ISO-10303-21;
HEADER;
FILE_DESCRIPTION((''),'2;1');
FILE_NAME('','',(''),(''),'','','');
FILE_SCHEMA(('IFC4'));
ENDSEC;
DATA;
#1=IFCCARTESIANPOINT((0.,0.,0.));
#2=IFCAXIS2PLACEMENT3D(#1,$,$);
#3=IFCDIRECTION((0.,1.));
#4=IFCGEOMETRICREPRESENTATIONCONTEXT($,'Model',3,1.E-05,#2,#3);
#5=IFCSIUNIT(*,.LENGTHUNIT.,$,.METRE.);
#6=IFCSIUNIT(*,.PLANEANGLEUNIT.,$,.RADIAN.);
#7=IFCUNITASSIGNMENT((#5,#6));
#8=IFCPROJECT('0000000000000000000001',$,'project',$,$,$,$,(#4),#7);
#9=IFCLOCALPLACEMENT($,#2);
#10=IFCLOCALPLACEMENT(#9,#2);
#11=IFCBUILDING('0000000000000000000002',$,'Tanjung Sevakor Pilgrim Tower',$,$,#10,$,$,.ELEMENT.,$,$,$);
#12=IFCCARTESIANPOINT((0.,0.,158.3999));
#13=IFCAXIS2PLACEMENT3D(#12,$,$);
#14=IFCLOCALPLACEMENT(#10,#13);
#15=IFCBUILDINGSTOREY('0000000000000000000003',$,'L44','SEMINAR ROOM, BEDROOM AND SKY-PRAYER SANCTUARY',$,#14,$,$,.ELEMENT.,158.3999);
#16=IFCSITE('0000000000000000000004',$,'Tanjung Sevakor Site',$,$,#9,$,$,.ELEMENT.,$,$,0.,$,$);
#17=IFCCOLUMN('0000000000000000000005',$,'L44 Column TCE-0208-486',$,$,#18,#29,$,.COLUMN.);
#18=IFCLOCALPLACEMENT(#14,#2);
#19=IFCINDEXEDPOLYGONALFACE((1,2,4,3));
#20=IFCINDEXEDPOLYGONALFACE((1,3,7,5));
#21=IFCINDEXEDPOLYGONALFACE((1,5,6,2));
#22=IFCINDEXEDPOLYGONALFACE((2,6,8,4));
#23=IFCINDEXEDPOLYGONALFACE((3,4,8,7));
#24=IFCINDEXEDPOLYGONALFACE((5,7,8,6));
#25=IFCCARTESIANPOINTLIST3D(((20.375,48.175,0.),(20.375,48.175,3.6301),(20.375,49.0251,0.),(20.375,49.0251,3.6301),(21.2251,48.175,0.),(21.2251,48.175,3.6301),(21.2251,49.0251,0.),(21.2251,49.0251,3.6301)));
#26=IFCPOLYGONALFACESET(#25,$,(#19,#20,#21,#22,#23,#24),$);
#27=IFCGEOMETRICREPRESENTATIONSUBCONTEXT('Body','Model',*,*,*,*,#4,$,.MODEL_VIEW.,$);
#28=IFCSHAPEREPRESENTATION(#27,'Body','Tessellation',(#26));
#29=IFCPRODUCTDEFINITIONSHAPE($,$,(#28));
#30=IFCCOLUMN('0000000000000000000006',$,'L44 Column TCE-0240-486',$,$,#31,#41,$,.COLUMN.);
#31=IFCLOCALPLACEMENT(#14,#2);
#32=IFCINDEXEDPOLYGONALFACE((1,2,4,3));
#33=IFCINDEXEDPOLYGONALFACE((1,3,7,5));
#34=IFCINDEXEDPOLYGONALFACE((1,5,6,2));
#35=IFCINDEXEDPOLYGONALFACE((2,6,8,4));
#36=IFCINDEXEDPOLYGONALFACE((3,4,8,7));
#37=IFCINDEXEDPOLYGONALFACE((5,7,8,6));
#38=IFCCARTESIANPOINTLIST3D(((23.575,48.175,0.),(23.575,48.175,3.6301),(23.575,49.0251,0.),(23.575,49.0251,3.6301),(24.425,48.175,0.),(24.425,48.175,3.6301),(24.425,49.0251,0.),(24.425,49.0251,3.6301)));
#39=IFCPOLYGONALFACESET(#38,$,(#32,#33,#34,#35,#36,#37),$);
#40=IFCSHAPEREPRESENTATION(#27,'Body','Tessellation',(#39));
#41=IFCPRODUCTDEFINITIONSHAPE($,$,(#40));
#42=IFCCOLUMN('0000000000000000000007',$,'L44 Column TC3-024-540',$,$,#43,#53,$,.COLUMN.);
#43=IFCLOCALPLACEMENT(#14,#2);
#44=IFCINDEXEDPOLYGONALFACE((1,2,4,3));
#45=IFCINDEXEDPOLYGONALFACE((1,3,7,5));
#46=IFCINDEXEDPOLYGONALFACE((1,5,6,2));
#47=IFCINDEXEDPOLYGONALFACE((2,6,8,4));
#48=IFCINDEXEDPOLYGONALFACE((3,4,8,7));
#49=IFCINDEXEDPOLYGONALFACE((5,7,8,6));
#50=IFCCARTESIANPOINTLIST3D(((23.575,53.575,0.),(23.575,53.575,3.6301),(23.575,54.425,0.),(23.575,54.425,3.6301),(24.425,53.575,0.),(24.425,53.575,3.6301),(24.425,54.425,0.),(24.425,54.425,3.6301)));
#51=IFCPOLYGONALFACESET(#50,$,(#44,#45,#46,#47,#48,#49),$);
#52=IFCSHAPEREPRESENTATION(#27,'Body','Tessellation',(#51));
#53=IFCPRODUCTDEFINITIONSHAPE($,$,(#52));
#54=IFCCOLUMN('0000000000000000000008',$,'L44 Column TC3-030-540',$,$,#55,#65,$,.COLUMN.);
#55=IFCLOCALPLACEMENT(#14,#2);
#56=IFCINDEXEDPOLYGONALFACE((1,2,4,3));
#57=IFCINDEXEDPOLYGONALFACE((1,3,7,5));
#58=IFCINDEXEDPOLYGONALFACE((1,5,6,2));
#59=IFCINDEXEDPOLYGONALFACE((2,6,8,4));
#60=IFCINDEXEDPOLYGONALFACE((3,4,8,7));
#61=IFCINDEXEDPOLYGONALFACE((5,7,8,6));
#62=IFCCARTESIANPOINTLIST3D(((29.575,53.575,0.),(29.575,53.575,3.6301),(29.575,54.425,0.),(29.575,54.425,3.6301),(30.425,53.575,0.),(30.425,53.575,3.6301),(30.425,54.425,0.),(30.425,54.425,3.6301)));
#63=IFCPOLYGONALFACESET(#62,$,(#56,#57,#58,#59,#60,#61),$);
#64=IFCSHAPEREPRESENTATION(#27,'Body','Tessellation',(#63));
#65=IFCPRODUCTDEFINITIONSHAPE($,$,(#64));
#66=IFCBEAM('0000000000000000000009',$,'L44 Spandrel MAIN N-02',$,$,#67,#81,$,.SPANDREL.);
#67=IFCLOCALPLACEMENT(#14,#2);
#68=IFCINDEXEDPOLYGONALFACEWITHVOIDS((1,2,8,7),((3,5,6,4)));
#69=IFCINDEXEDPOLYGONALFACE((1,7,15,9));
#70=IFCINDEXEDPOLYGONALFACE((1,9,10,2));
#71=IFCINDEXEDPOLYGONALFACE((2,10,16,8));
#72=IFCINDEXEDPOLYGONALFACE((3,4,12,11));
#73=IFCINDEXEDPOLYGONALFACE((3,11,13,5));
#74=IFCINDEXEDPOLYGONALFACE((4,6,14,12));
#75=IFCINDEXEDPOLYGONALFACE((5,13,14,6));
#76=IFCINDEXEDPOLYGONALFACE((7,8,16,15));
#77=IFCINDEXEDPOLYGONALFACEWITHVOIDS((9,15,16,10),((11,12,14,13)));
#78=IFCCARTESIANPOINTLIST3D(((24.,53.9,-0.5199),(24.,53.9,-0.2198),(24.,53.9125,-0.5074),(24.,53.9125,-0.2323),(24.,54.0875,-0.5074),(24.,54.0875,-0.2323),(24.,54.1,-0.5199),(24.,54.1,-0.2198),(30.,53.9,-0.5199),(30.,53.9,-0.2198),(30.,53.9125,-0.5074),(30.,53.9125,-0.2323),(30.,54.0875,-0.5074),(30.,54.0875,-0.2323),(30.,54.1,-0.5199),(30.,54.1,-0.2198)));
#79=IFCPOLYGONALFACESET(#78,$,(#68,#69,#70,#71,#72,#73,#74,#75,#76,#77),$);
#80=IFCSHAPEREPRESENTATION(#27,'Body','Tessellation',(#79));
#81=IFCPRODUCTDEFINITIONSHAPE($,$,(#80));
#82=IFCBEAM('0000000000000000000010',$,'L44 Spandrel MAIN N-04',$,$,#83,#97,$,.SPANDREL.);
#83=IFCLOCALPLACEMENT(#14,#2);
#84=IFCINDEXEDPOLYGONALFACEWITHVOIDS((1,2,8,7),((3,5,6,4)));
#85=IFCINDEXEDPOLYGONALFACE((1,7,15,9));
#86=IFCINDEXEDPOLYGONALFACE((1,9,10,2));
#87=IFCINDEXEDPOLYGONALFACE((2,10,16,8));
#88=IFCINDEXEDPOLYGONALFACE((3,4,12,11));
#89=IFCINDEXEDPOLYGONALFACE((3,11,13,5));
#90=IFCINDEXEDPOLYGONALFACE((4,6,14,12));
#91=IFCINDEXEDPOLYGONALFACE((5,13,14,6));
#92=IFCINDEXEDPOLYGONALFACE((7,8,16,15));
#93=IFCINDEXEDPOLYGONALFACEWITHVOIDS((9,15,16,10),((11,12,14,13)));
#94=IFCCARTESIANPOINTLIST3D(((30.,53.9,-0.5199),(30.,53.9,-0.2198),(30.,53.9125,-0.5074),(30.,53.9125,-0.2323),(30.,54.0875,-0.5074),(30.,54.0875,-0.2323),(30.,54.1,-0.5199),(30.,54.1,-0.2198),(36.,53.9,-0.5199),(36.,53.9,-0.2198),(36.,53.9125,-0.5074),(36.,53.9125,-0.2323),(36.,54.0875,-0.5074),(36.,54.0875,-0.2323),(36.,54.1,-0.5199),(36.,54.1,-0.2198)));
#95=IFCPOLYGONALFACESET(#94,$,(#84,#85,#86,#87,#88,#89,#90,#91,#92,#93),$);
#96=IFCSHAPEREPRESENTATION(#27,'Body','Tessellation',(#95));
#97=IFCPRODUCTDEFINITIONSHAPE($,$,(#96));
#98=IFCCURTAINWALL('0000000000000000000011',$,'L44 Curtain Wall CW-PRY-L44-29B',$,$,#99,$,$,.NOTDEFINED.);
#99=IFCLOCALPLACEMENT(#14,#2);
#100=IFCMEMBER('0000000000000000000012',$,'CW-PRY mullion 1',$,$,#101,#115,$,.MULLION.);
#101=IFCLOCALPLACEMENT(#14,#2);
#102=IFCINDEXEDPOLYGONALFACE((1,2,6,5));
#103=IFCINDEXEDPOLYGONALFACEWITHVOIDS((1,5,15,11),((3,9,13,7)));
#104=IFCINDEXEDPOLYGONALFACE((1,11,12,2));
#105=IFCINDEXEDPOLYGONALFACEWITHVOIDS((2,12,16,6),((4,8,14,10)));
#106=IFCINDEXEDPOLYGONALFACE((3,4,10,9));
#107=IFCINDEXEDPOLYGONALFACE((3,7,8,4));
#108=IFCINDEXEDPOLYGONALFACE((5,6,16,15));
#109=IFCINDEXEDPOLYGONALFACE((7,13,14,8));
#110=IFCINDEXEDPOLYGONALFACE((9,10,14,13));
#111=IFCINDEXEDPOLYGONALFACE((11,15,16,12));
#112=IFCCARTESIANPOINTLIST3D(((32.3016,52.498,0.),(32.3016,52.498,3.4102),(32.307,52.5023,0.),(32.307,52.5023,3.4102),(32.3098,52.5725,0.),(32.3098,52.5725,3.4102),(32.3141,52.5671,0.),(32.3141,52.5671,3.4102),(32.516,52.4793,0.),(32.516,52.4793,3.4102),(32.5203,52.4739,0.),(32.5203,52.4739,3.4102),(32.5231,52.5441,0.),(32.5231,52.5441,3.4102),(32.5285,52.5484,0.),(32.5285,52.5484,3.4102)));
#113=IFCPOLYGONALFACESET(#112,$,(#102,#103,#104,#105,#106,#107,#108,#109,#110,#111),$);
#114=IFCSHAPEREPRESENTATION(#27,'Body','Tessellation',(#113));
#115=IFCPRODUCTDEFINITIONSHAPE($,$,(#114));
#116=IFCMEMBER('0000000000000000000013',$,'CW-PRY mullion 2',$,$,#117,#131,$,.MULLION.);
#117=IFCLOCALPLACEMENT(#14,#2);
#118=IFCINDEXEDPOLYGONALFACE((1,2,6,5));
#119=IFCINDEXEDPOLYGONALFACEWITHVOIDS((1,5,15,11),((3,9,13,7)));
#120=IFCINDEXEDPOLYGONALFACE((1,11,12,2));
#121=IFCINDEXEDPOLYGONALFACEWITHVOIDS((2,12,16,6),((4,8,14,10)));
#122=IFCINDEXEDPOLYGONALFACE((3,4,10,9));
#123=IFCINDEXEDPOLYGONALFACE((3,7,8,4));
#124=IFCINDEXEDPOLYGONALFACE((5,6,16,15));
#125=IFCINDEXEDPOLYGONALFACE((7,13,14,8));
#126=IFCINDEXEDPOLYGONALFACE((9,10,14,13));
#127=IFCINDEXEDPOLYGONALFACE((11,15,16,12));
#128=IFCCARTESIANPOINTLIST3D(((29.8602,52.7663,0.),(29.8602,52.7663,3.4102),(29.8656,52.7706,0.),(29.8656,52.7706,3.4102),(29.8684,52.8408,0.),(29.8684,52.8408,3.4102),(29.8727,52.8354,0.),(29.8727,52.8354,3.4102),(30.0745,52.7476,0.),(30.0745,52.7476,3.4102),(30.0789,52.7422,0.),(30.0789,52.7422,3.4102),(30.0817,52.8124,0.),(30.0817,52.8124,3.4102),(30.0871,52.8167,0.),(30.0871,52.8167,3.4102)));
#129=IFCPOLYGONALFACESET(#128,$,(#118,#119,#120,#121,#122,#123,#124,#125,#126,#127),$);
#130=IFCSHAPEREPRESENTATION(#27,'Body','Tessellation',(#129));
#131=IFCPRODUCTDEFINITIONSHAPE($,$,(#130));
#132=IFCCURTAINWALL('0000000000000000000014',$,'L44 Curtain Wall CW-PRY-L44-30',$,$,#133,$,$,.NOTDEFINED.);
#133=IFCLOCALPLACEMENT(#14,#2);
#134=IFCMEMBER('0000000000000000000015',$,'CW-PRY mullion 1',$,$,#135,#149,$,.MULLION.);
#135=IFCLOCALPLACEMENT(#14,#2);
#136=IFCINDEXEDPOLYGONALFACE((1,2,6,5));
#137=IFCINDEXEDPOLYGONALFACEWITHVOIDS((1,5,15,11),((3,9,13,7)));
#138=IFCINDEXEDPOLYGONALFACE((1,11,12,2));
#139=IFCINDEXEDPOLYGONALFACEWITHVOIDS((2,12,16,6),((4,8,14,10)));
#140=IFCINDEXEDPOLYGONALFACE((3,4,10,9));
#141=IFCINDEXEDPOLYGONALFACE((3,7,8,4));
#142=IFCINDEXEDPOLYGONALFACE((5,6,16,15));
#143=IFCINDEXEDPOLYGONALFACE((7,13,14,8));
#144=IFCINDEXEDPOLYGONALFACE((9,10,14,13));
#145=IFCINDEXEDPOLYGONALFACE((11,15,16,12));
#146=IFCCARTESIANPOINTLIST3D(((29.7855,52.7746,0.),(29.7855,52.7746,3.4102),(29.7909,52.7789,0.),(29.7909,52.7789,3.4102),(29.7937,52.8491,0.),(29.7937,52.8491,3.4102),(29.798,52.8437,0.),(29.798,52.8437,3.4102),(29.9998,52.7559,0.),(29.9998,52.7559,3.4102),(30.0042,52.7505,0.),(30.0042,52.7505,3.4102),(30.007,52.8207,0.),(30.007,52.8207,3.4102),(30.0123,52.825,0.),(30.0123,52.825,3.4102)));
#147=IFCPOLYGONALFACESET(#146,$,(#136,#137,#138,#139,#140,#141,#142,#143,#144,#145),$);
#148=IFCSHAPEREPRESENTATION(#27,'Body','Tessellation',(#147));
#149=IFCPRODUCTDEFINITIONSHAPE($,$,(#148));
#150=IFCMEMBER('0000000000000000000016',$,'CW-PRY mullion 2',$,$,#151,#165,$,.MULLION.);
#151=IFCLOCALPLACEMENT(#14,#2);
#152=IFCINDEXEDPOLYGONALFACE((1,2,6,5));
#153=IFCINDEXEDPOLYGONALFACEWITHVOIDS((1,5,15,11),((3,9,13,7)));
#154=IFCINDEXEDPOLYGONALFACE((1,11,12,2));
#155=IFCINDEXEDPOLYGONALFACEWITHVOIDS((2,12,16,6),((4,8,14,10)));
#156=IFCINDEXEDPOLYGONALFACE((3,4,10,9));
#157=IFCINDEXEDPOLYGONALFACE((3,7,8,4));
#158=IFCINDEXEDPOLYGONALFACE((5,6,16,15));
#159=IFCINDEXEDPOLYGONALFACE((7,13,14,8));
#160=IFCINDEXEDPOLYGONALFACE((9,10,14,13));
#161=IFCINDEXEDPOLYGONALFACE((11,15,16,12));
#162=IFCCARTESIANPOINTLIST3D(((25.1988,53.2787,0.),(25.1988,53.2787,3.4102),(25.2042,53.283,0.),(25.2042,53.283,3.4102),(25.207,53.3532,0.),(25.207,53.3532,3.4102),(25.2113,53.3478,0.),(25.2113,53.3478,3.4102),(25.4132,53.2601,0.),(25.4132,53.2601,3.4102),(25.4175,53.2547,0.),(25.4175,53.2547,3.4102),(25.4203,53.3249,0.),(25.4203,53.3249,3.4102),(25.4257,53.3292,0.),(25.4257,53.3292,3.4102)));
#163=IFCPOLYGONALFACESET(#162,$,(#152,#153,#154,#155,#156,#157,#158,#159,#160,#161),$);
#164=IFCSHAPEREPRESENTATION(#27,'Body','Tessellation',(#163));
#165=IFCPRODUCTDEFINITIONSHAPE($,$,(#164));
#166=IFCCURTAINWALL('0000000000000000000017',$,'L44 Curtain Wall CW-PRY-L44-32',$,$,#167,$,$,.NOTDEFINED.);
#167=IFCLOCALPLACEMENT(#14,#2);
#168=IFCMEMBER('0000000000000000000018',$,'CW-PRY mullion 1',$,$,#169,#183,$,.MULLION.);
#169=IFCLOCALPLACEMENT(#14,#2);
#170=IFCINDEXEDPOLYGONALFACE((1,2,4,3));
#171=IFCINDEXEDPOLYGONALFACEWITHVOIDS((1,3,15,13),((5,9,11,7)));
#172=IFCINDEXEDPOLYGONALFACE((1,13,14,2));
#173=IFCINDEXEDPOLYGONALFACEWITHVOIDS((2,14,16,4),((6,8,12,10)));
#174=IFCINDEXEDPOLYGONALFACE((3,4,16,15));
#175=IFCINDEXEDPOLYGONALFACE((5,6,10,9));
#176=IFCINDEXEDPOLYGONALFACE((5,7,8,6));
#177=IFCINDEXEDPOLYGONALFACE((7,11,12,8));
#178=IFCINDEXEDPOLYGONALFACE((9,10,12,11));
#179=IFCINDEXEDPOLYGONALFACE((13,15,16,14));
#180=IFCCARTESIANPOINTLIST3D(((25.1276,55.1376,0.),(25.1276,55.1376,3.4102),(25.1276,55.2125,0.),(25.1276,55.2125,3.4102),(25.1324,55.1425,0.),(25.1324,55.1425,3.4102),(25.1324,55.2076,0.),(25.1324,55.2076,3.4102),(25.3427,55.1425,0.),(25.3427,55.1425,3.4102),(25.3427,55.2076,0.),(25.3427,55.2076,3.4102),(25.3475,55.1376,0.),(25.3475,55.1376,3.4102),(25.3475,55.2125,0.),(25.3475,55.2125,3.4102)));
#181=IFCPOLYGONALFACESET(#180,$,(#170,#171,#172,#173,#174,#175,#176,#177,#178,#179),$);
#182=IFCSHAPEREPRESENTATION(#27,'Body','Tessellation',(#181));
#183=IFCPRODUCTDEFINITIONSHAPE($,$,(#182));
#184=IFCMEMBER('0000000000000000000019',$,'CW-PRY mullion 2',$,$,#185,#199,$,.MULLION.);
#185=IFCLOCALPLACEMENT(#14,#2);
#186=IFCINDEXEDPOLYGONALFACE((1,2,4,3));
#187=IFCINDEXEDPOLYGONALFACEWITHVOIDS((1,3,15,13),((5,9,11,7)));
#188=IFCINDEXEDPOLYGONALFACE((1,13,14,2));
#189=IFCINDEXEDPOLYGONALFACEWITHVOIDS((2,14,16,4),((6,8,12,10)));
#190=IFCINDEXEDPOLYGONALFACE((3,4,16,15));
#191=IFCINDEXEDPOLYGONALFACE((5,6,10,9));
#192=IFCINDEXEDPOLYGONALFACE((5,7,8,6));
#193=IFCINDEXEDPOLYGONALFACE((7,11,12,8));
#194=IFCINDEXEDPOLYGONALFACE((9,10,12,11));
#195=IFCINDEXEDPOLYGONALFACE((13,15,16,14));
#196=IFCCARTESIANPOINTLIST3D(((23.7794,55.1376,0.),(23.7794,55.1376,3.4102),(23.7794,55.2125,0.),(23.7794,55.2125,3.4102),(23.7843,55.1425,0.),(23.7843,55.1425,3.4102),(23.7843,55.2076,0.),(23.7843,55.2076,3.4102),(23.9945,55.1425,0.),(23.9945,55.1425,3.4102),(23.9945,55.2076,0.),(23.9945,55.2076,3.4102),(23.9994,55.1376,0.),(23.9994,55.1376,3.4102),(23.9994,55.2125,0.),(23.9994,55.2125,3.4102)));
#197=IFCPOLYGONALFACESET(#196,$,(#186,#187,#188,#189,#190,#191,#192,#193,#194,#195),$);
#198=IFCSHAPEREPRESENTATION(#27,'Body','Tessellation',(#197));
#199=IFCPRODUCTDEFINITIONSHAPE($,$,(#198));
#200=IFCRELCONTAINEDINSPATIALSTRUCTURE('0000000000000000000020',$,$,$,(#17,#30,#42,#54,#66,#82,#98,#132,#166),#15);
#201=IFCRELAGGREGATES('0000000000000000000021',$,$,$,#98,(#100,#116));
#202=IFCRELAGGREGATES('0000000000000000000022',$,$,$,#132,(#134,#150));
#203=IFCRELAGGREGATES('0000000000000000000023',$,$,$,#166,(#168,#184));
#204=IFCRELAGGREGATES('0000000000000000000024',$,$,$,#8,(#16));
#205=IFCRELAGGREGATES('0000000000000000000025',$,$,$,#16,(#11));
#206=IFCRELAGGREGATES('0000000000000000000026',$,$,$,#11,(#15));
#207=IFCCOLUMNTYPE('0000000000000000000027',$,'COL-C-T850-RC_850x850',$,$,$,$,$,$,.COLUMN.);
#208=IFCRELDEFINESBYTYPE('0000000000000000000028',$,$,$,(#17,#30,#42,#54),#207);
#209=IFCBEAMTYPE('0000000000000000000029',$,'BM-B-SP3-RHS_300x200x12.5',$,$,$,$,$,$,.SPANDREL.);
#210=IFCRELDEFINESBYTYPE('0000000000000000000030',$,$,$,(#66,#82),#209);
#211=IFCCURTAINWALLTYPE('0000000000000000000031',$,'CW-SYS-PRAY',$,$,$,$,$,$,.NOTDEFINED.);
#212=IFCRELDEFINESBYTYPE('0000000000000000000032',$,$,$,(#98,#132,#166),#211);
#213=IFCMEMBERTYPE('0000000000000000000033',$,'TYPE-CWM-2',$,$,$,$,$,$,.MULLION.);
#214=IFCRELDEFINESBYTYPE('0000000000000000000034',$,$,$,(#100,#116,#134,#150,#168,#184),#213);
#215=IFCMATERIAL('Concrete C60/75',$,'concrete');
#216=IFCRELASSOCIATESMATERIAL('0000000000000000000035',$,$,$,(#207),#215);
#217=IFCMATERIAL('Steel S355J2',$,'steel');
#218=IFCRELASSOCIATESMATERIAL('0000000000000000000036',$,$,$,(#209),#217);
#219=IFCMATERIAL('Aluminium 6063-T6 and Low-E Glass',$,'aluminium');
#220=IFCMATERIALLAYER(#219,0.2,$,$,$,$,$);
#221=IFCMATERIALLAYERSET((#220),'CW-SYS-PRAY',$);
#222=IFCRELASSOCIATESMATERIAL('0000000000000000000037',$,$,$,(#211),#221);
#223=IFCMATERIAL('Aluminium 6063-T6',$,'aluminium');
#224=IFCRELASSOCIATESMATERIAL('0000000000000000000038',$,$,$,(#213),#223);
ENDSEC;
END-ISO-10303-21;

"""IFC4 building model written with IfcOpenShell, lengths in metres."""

from ifc_helpers import new_model, si_unit, direction, frame, origin, origin_2d, place, context, subcontext, project, spatial, rectangle, hollow_rectangle, extrude, material, layer, layer_set, material_profile, profile_set, type_object, element, aggregate, save


model = new_model("IFC4")

# Units and contexts
model_context = context("Model", 3, precision=1e-05, world=origin(), true_north=direction((0.0, 1.0)))
body_context = subcontext(model_context, "Body", "Model", "MODEL_VIEW")
ifc_project = project(units=[si_unit("LENGTHUNIT", "METRE"), si_unit("PLANEANGLEUNIT", "RADIAN")], contexts=[model_context])

# Site, building, storey
site_placement = place(None, origin())
site = spatial("IfcSite", under=ifc_project, at=site_placement, Name="Tanjung Sevakor Site", CompositionType="ELEMENT", RefElevation=0.0)
building_placement = place(site_placement, origin())
building = spatial("IfcBuilding", under=site, at=building_placement, Name="Tanjung Sevakor Pilgrim Tower", CompositionType="ELEMENT")
storey_placement = place(building_placement, frame((0.0, 0.0, 158.3999)))
storey = spatial("IfcBuildingStorey", under=building, at=storey_placement, Name="L44", Description="SEMINAR ROOM, BEDROOM AND SKY-PRAYER SANCTUARY", CompositionType="ELEMENT", Elevation=158.3999)

# Columns
ifc_material_1 = material(Name="Concrete C60/75", Category="concrete")
ifc_material_profile_1 = material_profile(ifc_material_1, rectangle(XDim=0.8501, YDim=0.8501, at=origin_2d()))
ifc_profile_set_1 = profile_set([ifc_material_profile_1], Name="Concrete C60/75")
column_type = type_object("IfcColumnType", Name="COL-C-T850-RC_850x850", PredefinedType="COLUMN", material=ifc_profile_set_1)
for number, where, z_axis, x_axis, name in (
    (1, (20.8, 48.6001, 0.0), (0.0, 0.0, 1.0), (1.0, 0.0, 0.0), "L44 Column TCE-0208-486"),
    (2, (24.0, 48.6001, 0.0), (0.0, 0.0, 1.0), (1.0, 0.0, 0.0), "L44 Column TCE-0240-486"),
    (3, (24.0, 54.0, 0.0), (0.0, 0.0, 1.0), (1.0, 0.0, 0.0), "L44 Column TC3-024-540"),
    (4, (30.0, 54.0, 0.0), (0.0, 0.0, 1.0), (1.0, 0.0, 0.0), "L44 Column TC3-030-540"),
):
    element("IfcColumn", number, at=place(storey_placement, frame(where, z_axis=z_axis, x_axis=x_axis)), inside=storey, type_object=column_type, Name=name, PredefinedType="COLUMN", context=body_context, shape_type="SweptSolid", body=[
        extrude(rectangle(XDim=0.8501, YDim=0.8501, at=origin_2d()), origin(), (0.0, 0.0, 1.0), 3.6301),
    ])

# Beams
ifc_material_2 = material(Name="Steel S355J2", Category="steel")
ifc_material_profile_2 = material_profile(ifc_material_2, hollow_rectangle(XDim=0.2, YDim=0.3, WallThickness=0.0125, at=origin_2d()))
ifc_profile_set_2 = profile_set([ifc_material_profile_2], Name="Steel S355J2")
beam_type = type_object("IfcBeamType", Name="BM-B-SP3-RHS_300x200x12.5", PredefinedType="SPANDREL", material=ifc_profile_set_2)
for number, where, z_axis, x_axis, name in (
    (5, (24.0, 54.0, -0.3699), (1.0, 0.0, 0.0), (0.0, 1.0, 0.0), "L44 Spandrel MAIN N-02"),
    (6, (30.0, 54.0, -0.3699), (1.0, 0.0, 0.0), (0.0, 1.0, 0.0), "L44 Spandrel MAIN N-04"),
):
    element("IfcBeam", number, at=place(storey_placement, frame(where, z_axis=z_axis, x_axis=x_axis)), inside=storey, type_object=beam_type, Name=name, PredefinedType="SPANDREL", context=body_context, shape_type="SweptSolid", body=[
        extrude(hollow_rectangle(XDim=0.2, YDim=0.3, WallThickness=0.0125, at=origin_2d()), origin(), (0.0, 0.0, 1.0), 6.0),
    ])

# Curtain walls, members
ifc_material_3 = material(Name="Aluminium 6063-T6 and Low-E Glass", Category="aluminium")
ifc_layer_1 = layer(ifc_material_3, 0.2)
ifc_layer_set_1 = layer_set([ifc_layer_1], Name="CW-SYS-PRAY")
curtain_wall_type = type_object("IfcCurtainWallType", Name="CW-SYS-PRAY", PredefinedType="NOTDEFINED", material=ifc_layer_set_1)
curtain_wall_1_placement = place(storey_placement, origin())
curtain_wall_1 = element("IfcCurtainWall", 7, at=curtain_wall_1_placement, inside=storey, type_object=curtain_wall_type, Name="L44 Curtain Wall CW-PRY-L44-29B", PredefinedType="NOTDEFINED")
ifc_material_4 = material(Name="Aluminium 6063-T6", Category="aluminium")
ifc_material_profile_3 = material_profile(ifc_material_4, hollow_rectangle(XDim=0.075, YDim=0.22, WallThickness=0.0049, at=origin_2d()))
ifc_profile_set_3 = profile_set([ifc_material_profile_3], Name="Aluminium 6063-T6")
member_type_1 = type_object("IfcMemberType", Name="TYPE-CWM-2", PredefinedType="MULLION", material=ifc_profile_set_3)
member_1_placement = place(storey_placement, frame((32.415, 52.5232, 0.0), z_axis=(0.0, 0.0, 1.0), x_axis=(-0.109239, -0.994016, 0.0)))
member_1 = element("IfcMember", 8, at=member_1_placement, type_object=member_type_1, Name="CW-PRY mullion 1", PredefinedType="MULLION", context=body_context, shape_type="SweptSolid", body=[
    extrude(hollow_rectangle(XDim=0.075, YDim=0.22, WallThickness=0.0049, at=origin_2d()), origin(), (0.0, 0.0, 1.0), 3.4102),
])
member_2_placement = place(storey_placement, frame((29.9736, 52.7915, 0.0), z_axis=(0.0, 0.0, 1.0), x_axis=(-0.109239, -0.994016, 0.0)))
member_2 = element("IfcMember", 9, at=member_2_placement, type_object=member_type_1, Name="CW-PRY mullion 2", PredefinedType="MULLION", context=body_context, shape_type="SweptSolid", body=[
    extrude(hollow_rectangle(XDim=0.075, YDim=0.22, WallThickness=0.0049, at=origin_2d()), origin(), (0.0, 0.0, 1.0), 3.4102),
])
curtain_wall_2_placement = place(storey_placement, origin())
curtain_wall_2 = element("IfcCurtainWall", 10, at=curtain_wall_2_placement, inside=storey, type_object=curtain_wall_type, Name="L44 Curtain Wall CW-PRY-L44-30", PredefinedType="NOTDEFINED")
member_3_placement = place(storey_placement, frame((29.8989, 52.7998, 0.0), z_axis=(0.0, 0.0, 1.0), x_axis=(-0.109247, -0.994015, 0.0)))
member_3 = element("IfcMember", 11, at=member_3_placement, type_object=member_type_1, Name="CW-PRY mullion 1", PredefinedType="MULLION", context=body_context, shape_type="SweptSolid", body=[
    extrude(hollow_rectangle(XDim=0.075, YDim=0.22, WallThickness=0.0049, at=origin_2d()), origin(), (0.0, 0.0, 1.0), 3.4102),
])
member_4_placement = place(storey_placement, frame((25.3123, 53.304, 0.0), z_axis=(0.0, 0.0, 1.0), x_axis=(-0.109247, -0.994015, 0.0)))
member_4 = element("IfcMember", 12, at=member_4_placement, type_object=member_type_1, Name="CW-PRY mullion 2", PredefinedType="MULLION", context=body_context, shape_type="SweptSolid", body=[
    extrude(hollow_rectangle(XDim=0.075, YDim=0.22, WallThickness=0.0049, at=origin_2d()), origin(), (0.0, 0.0, 1.0), 3.4102),
])
curtain_wall_3_placement = place(storey_placement, origin())
curtain_wall_3 = element("IfcCurtainWall", 13, at=curtain_wall_3_placement, inside=storey, type_object=curtain_wall_type, Name="L44 Curtain Wall CW-PRY-L44-32", PredefinedType="NOTDEFINED")
member_5_placement = place(storey_placement, frame((25.2375, 55.175, 0.0), z_axis=(0.0, 0.0, 1.0), x_axis=(0.0, -1.0, 0.0)))
member_5 = element("IfcMember", 14, at=member_5_placement, type_object=member_type_1, Name="CW-PRY mullion 1", PredefinedType="MULLION", context=body_context, shape_type="SweptSolid", body=[
    extrude(hollow_rectangle(XDim=0.075, YDim=0.22, WallThickness=0.0049, at=origin_2d()), origin(), (0.0, 0.0, 1.0), 3.4102),
])
member_6_placement = place(storey_placement, frame((23.8894, 55.175, 0.0), z_axis=(0.0, 0.0, 1.0), x_axis=(0.0, -1.0, 0.0)))
member_6 = element("IfcMember", 15, at=member_6_placement, type_object=member_type_1, Name="CW-PRY mullion 2", PredefinedType="MULLION", context=body_context, shape_type="SweptSolid", body=[
    extrude(hollow_rectangle(XDim=0.075, YDim=0.22, WallThickness=0.0049, at=origin_2d()), origin(), (0.0, 0.0, 1.0), 3.4102),
])

aggregate(curtain_wall_1, [member_1, member_2])
aggregate(curtain_wall_2, [member_3, member_4])
aggregate(curtain_wall_3, [member_5, member_6])

save(model, "model.ifc")
